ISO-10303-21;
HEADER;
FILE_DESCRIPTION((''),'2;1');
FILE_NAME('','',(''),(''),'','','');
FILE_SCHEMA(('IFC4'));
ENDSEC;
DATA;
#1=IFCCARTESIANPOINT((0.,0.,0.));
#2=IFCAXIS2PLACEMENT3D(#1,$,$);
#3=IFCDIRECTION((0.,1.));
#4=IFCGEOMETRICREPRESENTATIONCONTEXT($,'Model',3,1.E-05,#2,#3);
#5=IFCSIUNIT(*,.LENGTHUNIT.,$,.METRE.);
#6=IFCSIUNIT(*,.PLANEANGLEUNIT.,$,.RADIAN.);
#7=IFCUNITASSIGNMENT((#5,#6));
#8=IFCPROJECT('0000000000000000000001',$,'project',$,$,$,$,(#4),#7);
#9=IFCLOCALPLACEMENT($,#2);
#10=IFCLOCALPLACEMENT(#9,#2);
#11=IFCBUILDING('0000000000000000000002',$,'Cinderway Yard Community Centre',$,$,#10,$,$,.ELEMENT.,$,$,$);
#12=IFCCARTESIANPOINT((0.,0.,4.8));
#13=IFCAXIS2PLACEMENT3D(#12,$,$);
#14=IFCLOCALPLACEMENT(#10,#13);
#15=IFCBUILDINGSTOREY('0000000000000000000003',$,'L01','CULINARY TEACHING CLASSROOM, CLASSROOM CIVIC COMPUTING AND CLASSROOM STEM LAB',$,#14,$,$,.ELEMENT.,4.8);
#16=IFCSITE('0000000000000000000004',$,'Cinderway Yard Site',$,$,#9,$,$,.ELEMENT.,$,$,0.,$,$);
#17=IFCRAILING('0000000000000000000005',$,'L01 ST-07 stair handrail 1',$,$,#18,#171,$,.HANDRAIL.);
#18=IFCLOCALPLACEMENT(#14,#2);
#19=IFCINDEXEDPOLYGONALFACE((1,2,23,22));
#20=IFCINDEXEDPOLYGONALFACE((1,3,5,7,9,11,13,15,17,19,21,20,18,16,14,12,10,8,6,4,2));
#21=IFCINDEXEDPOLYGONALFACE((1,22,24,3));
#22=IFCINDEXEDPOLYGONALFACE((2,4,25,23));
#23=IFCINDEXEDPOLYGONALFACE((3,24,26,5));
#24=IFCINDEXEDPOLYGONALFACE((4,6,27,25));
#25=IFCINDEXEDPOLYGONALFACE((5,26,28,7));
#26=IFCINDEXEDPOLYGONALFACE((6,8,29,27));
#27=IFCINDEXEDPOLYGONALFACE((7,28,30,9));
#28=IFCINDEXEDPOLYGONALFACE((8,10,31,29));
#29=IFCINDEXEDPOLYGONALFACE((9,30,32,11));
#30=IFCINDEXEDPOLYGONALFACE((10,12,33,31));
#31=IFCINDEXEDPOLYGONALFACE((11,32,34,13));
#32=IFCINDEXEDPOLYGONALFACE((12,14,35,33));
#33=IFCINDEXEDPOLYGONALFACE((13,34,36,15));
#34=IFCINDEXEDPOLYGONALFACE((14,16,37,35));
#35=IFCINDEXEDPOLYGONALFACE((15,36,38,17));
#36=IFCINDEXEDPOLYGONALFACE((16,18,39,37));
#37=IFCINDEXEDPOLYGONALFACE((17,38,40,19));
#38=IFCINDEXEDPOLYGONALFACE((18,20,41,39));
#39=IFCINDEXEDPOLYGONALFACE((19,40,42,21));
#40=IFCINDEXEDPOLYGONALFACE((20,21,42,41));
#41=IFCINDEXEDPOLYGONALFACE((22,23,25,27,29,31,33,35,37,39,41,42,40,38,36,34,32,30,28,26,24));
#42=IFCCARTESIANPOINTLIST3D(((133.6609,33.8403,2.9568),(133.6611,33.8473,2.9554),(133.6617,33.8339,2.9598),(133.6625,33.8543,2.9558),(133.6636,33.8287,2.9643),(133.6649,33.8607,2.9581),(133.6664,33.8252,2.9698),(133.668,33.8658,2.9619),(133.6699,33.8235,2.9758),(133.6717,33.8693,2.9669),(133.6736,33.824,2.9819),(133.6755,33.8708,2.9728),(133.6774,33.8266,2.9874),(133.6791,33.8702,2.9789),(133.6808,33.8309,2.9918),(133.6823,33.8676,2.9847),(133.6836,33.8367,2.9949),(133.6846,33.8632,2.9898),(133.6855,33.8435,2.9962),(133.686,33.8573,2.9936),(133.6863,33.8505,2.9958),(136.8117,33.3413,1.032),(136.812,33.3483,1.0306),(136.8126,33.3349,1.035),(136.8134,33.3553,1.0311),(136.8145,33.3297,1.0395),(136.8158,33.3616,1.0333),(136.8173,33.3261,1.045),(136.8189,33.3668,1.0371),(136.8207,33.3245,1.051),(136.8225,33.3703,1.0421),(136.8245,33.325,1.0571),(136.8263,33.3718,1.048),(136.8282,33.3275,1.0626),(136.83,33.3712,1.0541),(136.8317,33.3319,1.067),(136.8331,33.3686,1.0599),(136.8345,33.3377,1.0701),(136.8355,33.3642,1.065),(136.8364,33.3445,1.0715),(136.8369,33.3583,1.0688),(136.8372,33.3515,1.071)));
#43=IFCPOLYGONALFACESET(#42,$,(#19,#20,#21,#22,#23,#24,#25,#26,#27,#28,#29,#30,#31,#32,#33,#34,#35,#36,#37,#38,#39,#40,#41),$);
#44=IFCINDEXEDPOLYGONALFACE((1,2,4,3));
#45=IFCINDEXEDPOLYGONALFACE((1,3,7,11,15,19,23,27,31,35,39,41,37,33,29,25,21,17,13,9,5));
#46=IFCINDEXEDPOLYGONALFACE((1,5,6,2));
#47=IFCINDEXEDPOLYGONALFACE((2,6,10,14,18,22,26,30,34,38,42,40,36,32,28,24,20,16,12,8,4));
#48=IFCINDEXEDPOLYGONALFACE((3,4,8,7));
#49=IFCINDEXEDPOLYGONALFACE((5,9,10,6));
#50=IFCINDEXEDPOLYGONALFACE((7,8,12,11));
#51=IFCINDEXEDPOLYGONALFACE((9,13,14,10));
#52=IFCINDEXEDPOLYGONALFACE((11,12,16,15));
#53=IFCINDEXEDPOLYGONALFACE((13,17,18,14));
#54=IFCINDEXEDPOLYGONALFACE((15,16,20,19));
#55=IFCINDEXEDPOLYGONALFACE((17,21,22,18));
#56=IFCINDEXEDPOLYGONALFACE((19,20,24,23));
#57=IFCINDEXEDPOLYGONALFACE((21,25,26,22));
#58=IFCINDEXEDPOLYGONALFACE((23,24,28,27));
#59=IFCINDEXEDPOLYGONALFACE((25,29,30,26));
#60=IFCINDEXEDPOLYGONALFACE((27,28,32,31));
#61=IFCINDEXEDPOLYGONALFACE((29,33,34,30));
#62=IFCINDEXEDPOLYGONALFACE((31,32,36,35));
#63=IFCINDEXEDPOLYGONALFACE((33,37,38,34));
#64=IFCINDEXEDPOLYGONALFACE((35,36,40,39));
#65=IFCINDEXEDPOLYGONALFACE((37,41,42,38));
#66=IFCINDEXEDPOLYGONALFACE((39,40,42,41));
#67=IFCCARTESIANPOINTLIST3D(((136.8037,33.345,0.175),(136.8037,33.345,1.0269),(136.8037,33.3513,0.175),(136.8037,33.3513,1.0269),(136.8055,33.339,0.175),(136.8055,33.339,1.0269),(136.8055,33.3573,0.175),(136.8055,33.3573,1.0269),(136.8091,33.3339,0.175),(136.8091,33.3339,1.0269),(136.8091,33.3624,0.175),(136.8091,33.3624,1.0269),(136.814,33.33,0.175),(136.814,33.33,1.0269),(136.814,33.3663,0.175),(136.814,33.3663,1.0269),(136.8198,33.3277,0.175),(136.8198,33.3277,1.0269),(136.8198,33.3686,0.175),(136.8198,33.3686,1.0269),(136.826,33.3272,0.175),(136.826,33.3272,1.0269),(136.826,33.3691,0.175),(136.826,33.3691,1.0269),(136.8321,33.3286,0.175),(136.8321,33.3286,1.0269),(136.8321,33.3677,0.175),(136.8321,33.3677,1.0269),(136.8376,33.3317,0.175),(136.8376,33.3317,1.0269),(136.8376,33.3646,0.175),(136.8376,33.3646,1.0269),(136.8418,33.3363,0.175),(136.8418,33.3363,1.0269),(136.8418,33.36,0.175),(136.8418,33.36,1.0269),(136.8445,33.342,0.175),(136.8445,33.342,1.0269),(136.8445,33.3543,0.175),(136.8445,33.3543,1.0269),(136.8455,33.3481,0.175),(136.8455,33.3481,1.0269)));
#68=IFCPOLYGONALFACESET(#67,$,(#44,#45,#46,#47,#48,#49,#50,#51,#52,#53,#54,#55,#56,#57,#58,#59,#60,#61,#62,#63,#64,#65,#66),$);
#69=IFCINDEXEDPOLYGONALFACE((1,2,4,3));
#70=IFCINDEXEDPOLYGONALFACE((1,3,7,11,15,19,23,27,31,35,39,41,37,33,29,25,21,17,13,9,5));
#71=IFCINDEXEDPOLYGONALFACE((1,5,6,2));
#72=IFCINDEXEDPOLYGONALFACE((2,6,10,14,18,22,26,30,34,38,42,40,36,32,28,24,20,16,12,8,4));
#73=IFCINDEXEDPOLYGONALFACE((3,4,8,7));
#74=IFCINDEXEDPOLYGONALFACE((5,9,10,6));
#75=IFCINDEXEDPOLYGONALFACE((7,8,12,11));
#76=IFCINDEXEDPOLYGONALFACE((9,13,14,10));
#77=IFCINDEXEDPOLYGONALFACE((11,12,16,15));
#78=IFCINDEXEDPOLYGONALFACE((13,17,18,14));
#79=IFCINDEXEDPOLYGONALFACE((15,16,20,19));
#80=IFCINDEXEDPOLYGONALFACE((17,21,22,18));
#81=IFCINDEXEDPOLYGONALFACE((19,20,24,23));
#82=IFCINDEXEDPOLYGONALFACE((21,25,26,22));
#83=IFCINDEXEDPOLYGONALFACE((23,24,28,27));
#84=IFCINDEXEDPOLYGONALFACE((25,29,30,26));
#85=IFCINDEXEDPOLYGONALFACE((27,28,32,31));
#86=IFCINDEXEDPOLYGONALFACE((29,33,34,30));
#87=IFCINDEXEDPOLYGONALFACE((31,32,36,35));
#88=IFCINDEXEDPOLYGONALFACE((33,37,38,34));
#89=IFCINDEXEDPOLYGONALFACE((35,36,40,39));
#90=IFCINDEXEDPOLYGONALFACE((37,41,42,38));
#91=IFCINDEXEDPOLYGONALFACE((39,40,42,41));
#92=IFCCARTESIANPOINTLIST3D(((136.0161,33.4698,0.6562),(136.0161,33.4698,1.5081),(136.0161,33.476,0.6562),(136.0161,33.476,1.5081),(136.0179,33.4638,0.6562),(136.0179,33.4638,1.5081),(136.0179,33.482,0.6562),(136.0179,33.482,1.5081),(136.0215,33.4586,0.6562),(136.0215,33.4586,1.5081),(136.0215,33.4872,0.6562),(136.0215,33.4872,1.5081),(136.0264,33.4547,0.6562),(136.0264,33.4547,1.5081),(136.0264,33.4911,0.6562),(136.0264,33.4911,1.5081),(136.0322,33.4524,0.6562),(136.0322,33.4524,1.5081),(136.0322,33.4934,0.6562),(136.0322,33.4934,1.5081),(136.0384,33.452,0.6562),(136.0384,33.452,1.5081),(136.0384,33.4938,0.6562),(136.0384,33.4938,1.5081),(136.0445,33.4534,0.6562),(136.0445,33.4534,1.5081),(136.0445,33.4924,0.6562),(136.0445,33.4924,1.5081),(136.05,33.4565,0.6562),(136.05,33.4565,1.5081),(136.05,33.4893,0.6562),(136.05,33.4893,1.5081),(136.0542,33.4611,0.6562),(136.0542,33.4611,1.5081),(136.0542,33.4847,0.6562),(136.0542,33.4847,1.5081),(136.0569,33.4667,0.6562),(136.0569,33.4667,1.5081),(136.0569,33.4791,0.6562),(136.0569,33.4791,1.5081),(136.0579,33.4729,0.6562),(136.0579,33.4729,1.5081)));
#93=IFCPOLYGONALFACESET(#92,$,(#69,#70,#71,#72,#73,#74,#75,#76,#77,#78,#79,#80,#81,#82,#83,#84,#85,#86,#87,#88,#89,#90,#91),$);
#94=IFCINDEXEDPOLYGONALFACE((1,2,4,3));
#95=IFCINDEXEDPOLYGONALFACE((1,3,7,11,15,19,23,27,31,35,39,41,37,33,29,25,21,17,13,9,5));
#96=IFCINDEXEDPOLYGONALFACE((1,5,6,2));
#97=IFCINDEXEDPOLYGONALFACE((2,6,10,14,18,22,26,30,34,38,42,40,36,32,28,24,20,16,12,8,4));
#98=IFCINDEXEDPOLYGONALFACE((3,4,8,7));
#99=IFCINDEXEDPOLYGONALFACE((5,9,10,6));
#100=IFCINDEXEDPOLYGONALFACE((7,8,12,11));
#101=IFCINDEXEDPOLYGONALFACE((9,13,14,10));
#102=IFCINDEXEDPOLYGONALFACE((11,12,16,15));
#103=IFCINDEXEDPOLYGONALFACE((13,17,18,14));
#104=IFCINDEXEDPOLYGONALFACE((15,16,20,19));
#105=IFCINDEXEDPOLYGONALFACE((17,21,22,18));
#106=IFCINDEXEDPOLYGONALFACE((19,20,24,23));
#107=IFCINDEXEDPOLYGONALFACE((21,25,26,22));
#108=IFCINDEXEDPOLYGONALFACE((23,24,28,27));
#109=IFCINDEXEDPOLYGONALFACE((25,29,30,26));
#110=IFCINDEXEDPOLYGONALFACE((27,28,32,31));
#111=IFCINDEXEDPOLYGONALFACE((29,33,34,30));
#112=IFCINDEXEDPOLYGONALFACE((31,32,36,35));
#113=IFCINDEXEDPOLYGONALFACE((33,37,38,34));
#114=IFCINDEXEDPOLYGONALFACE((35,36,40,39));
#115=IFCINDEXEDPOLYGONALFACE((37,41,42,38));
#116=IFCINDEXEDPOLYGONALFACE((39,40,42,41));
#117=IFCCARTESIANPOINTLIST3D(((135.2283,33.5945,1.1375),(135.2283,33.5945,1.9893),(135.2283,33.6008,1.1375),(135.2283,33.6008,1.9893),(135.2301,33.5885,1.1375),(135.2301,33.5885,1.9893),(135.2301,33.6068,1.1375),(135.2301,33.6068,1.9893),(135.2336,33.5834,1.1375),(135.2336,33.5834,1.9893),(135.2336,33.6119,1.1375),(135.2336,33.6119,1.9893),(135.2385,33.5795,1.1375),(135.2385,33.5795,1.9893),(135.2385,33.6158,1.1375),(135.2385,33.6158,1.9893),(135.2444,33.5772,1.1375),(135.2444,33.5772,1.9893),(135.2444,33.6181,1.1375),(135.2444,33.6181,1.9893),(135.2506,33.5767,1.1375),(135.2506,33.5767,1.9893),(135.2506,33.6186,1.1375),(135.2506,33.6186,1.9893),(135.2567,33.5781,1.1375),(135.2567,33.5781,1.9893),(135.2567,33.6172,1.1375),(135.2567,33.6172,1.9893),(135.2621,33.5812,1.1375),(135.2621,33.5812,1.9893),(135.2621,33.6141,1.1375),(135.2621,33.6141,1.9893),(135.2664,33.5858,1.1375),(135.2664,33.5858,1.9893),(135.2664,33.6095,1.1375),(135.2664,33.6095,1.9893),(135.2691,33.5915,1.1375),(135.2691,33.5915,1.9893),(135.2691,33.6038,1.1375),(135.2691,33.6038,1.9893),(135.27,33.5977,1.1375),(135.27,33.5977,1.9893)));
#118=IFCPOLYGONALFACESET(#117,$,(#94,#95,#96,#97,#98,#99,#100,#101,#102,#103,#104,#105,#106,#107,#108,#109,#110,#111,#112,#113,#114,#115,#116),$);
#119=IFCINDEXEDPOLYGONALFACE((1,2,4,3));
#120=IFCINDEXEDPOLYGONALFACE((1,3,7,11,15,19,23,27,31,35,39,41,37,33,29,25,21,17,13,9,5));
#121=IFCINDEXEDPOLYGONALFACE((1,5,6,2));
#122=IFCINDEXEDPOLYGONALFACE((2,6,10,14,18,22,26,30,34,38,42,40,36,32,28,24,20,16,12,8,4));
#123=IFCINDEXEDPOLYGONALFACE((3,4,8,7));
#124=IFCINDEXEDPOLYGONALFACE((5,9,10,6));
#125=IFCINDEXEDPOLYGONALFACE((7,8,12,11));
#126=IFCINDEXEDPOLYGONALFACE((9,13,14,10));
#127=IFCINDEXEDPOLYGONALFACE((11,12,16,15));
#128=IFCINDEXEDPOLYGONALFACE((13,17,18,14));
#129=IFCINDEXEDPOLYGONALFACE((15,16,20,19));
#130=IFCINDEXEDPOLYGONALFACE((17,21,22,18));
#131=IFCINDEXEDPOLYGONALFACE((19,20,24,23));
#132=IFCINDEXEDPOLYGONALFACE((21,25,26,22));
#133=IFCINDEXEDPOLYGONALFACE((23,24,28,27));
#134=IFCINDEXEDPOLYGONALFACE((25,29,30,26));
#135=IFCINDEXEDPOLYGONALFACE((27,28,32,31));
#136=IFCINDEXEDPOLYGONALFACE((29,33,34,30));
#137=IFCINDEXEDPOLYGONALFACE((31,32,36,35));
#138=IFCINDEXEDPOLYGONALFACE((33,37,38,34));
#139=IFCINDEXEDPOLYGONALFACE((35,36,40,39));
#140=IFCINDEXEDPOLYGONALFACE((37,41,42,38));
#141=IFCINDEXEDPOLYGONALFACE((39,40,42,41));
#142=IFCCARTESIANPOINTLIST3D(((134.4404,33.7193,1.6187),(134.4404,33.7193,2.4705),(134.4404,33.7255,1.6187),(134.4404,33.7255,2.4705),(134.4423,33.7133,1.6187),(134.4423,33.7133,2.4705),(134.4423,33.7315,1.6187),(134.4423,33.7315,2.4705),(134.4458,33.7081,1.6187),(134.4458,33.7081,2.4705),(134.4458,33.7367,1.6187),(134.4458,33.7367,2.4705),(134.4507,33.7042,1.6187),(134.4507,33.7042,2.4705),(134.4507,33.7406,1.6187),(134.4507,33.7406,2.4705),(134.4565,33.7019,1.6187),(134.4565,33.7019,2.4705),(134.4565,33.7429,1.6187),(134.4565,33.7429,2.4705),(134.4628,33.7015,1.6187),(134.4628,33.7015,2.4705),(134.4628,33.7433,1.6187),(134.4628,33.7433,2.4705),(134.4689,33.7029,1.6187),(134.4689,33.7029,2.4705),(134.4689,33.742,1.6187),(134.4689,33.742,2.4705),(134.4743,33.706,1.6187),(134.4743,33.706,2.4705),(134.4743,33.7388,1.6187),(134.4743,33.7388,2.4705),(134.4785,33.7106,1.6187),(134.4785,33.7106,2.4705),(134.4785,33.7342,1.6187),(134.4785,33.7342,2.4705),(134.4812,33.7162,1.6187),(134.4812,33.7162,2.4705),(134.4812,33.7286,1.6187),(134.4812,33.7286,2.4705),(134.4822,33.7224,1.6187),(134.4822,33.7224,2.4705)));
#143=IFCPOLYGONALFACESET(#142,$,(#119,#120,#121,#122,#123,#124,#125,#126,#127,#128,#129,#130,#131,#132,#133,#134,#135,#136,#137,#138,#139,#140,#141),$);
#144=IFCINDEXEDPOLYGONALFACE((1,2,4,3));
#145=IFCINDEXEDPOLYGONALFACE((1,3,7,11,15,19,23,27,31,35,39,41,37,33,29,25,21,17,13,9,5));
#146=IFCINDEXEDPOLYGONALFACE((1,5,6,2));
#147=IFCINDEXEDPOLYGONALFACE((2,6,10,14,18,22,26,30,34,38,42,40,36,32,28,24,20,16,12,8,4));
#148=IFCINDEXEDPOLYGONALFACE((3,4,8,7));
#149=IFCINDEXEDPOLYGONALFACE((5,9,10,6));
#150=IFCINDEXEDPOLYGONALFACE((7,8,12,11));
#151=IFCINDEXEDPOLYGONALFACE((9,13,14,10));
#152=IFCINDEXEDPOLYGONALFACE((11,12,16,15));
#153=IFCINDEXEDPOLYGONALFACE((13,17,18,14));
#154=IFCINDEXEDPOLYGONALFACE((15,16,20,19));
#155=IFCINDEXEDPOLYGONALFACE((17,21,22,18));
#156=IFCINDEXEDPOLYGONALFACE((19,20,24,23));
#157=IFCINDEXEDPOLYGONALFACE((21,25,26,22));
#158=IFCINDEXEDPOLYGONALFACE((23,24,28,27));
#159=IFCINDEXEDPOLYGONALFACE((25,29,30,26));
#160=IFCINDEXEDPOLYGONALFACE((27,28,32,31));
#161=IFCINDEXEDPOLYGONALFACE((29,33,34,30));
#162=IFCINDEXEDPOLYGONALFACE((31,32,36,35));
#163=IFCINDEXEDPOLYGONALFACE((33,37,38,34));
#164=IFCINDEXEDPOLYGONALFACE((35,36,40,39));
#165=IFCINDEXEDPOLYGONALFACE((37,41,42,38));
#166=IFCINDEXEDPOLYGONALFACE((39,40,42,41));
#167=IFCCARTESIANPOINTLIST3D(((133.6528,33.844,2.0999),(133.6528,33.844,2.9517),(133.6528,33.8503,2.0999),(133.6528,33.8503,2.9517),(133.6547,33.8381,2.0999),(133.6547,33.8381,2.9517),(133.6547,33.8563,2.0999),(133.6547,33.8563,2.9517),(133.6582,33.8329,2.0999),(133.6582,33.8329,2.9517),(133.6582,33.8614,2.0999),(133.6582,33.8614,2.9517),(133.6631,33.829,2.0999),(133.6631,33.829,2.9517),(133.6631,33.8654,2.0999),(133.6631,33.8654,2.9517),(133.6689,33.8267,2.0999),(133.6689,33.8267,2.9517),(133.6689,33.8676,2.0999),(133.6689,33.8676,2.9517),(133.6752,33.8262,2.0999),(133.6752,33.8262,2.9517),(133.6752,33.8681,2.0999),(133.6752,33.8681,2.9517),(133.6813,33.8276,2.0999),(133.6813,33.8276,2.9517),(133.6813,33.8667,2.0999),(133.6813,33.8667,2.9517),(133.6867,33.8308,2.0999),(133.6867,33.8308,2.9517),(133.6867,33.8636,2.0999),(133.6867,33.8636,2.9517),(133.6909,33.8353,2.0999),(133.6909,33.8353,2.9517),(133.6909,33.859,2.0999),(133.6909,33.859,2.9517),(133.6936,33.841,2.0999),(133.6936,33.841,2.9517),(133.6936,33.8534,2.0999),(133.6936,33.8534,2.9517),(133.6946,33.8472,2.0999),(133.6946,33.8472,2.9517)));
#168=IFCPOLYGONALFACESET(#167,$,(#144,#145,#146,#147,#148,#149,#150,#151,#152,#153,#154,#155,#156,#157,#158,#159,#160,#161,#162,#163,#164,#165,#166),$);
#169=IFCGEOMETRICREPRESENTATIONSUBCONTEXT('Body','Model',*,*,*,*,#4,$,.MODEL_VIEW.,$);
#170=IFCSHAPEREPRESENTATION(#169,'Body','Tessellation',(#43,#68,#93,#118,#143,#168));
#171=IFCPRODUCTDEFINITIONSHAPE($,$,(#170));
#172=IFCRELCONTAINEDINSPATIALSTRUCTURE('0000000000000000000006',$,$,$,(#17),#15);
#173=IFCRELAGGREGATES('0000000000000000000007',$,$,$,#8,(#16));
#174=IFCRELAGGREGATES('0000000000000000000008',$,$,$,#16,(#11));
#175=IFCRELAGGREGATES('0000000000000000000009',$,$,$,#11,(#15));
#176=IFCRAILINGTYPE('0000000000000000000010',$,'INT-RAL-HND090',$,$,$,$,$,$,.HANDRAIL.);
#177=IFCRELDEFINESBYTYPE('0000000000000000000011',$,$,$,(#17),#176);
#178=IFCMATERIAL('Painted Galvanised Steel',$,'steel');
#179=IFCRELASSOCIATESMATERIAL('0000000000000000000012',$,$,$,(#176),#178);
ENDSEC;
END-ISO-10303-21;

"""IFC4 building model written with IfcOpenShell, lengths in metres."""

from ifc_helpers import new_model, si_unit, direction, frame, origin, origin_2d, place, context, subcontext, project, spatial, circle, extrude, material, type_object, element, save


model = new_model("IFC4")

# Units and contexts
model_context = context("Model", 3, precision=1e-05, world=origin(), true_north=direction((0.0, 1.0)))
body_context = subcontext(model_context, "Body", "Model", "MODEL_VIEW")
ifc_project = project(units=[si_unit("LENGTHUNIT", "METRE"), si_unit("PLANEANGLEUNIT", "RADIAN")], contexts=[model_context])

# Site, building, storey
site_placement = place(None, origin())
site = spatial("IfcSite", under=ifc_project, at=site_placement, Name="Cinderway Yard Site", CompositionType="ELEMENT", RefElevation=0.0)
building_placement = place(site_placement, origin())
building = spatial("IfcBuilding", under=site, at=building_placement, Name="Cinderway Yard Community Centre", CompositionType="ELEMENT")
storey_placement = place(building_placement, frame((0.0, 0.0, 4.8)))
storey = spatial("IfcBuildingStorey", under=building, at=storey_placement, Name="L01", Description="CULINARY TEACHING CLASSROOM, CLASSROOM CIVIC COMPUTING AND CLASSROOM STEM LAB", CompositionType="ELEMENT", Elevation=4.8)

# Shared definitions
ifc_material_1 = material(Name="Painted Galvanised Steel", Category="steel")

# Railing
railing_type_1 = type_object("IfcRailingType", Name="INT-RAL-HND090", PredefinedType="HANDRAIL", material=ifc_material_1)
railing_1_placement = place(storey_placement, frame((136.8245, 33.3481, 0.175)))
element("IfcRailing", 1, at=railing_1_placement, inside=storey, type_object=railing_type_1, Name="L01 ST-07 stair handrail 1", PredefinedType="HANDRAIL", context=body_context, shape_type="SweptSolid", body=[
    extrude(circle(Radius=0.0239, at=origin_2d()), frame((0.0, 0.0, 0.876), z_axis=(-0.845681, 0.133936, 0.516609), x_axis=(-0.156426, -0.98769, 0.0)), (0.0, 0.0, 1.0), 3.7258),
    extrude(circle(Radius=0.021, at=origin_2d()), origin(), (0.0, 0.0, 1.0), 0.8518),
    extrude(circle(Radius=0.021, at=origin_2d()), frame((-0.7876, 0.1248, 0.4812)), (0.0, 0.0, 1.0), 0.8518),
    extrude(circle(Radius=0.021, at=origin_2d()), frame((-1.5754, 0.2495, 0.9624)), (0.0, 0.0, 1.0), 0.8518),
    extrude(circle(Radius=0.021, at=origin_2d()), frame((-2.3633, 0.3743, 1.4436)), (0.0, 0.0, 1.0), 0.8518),
    extrude(circle(Radius=0.021, at=origin_2d()), frame((-3.1509, 0.499, 1.9248)), (0.0, 0.0, 1.0), 0.8518),
])

save(model, "model.ifc")
